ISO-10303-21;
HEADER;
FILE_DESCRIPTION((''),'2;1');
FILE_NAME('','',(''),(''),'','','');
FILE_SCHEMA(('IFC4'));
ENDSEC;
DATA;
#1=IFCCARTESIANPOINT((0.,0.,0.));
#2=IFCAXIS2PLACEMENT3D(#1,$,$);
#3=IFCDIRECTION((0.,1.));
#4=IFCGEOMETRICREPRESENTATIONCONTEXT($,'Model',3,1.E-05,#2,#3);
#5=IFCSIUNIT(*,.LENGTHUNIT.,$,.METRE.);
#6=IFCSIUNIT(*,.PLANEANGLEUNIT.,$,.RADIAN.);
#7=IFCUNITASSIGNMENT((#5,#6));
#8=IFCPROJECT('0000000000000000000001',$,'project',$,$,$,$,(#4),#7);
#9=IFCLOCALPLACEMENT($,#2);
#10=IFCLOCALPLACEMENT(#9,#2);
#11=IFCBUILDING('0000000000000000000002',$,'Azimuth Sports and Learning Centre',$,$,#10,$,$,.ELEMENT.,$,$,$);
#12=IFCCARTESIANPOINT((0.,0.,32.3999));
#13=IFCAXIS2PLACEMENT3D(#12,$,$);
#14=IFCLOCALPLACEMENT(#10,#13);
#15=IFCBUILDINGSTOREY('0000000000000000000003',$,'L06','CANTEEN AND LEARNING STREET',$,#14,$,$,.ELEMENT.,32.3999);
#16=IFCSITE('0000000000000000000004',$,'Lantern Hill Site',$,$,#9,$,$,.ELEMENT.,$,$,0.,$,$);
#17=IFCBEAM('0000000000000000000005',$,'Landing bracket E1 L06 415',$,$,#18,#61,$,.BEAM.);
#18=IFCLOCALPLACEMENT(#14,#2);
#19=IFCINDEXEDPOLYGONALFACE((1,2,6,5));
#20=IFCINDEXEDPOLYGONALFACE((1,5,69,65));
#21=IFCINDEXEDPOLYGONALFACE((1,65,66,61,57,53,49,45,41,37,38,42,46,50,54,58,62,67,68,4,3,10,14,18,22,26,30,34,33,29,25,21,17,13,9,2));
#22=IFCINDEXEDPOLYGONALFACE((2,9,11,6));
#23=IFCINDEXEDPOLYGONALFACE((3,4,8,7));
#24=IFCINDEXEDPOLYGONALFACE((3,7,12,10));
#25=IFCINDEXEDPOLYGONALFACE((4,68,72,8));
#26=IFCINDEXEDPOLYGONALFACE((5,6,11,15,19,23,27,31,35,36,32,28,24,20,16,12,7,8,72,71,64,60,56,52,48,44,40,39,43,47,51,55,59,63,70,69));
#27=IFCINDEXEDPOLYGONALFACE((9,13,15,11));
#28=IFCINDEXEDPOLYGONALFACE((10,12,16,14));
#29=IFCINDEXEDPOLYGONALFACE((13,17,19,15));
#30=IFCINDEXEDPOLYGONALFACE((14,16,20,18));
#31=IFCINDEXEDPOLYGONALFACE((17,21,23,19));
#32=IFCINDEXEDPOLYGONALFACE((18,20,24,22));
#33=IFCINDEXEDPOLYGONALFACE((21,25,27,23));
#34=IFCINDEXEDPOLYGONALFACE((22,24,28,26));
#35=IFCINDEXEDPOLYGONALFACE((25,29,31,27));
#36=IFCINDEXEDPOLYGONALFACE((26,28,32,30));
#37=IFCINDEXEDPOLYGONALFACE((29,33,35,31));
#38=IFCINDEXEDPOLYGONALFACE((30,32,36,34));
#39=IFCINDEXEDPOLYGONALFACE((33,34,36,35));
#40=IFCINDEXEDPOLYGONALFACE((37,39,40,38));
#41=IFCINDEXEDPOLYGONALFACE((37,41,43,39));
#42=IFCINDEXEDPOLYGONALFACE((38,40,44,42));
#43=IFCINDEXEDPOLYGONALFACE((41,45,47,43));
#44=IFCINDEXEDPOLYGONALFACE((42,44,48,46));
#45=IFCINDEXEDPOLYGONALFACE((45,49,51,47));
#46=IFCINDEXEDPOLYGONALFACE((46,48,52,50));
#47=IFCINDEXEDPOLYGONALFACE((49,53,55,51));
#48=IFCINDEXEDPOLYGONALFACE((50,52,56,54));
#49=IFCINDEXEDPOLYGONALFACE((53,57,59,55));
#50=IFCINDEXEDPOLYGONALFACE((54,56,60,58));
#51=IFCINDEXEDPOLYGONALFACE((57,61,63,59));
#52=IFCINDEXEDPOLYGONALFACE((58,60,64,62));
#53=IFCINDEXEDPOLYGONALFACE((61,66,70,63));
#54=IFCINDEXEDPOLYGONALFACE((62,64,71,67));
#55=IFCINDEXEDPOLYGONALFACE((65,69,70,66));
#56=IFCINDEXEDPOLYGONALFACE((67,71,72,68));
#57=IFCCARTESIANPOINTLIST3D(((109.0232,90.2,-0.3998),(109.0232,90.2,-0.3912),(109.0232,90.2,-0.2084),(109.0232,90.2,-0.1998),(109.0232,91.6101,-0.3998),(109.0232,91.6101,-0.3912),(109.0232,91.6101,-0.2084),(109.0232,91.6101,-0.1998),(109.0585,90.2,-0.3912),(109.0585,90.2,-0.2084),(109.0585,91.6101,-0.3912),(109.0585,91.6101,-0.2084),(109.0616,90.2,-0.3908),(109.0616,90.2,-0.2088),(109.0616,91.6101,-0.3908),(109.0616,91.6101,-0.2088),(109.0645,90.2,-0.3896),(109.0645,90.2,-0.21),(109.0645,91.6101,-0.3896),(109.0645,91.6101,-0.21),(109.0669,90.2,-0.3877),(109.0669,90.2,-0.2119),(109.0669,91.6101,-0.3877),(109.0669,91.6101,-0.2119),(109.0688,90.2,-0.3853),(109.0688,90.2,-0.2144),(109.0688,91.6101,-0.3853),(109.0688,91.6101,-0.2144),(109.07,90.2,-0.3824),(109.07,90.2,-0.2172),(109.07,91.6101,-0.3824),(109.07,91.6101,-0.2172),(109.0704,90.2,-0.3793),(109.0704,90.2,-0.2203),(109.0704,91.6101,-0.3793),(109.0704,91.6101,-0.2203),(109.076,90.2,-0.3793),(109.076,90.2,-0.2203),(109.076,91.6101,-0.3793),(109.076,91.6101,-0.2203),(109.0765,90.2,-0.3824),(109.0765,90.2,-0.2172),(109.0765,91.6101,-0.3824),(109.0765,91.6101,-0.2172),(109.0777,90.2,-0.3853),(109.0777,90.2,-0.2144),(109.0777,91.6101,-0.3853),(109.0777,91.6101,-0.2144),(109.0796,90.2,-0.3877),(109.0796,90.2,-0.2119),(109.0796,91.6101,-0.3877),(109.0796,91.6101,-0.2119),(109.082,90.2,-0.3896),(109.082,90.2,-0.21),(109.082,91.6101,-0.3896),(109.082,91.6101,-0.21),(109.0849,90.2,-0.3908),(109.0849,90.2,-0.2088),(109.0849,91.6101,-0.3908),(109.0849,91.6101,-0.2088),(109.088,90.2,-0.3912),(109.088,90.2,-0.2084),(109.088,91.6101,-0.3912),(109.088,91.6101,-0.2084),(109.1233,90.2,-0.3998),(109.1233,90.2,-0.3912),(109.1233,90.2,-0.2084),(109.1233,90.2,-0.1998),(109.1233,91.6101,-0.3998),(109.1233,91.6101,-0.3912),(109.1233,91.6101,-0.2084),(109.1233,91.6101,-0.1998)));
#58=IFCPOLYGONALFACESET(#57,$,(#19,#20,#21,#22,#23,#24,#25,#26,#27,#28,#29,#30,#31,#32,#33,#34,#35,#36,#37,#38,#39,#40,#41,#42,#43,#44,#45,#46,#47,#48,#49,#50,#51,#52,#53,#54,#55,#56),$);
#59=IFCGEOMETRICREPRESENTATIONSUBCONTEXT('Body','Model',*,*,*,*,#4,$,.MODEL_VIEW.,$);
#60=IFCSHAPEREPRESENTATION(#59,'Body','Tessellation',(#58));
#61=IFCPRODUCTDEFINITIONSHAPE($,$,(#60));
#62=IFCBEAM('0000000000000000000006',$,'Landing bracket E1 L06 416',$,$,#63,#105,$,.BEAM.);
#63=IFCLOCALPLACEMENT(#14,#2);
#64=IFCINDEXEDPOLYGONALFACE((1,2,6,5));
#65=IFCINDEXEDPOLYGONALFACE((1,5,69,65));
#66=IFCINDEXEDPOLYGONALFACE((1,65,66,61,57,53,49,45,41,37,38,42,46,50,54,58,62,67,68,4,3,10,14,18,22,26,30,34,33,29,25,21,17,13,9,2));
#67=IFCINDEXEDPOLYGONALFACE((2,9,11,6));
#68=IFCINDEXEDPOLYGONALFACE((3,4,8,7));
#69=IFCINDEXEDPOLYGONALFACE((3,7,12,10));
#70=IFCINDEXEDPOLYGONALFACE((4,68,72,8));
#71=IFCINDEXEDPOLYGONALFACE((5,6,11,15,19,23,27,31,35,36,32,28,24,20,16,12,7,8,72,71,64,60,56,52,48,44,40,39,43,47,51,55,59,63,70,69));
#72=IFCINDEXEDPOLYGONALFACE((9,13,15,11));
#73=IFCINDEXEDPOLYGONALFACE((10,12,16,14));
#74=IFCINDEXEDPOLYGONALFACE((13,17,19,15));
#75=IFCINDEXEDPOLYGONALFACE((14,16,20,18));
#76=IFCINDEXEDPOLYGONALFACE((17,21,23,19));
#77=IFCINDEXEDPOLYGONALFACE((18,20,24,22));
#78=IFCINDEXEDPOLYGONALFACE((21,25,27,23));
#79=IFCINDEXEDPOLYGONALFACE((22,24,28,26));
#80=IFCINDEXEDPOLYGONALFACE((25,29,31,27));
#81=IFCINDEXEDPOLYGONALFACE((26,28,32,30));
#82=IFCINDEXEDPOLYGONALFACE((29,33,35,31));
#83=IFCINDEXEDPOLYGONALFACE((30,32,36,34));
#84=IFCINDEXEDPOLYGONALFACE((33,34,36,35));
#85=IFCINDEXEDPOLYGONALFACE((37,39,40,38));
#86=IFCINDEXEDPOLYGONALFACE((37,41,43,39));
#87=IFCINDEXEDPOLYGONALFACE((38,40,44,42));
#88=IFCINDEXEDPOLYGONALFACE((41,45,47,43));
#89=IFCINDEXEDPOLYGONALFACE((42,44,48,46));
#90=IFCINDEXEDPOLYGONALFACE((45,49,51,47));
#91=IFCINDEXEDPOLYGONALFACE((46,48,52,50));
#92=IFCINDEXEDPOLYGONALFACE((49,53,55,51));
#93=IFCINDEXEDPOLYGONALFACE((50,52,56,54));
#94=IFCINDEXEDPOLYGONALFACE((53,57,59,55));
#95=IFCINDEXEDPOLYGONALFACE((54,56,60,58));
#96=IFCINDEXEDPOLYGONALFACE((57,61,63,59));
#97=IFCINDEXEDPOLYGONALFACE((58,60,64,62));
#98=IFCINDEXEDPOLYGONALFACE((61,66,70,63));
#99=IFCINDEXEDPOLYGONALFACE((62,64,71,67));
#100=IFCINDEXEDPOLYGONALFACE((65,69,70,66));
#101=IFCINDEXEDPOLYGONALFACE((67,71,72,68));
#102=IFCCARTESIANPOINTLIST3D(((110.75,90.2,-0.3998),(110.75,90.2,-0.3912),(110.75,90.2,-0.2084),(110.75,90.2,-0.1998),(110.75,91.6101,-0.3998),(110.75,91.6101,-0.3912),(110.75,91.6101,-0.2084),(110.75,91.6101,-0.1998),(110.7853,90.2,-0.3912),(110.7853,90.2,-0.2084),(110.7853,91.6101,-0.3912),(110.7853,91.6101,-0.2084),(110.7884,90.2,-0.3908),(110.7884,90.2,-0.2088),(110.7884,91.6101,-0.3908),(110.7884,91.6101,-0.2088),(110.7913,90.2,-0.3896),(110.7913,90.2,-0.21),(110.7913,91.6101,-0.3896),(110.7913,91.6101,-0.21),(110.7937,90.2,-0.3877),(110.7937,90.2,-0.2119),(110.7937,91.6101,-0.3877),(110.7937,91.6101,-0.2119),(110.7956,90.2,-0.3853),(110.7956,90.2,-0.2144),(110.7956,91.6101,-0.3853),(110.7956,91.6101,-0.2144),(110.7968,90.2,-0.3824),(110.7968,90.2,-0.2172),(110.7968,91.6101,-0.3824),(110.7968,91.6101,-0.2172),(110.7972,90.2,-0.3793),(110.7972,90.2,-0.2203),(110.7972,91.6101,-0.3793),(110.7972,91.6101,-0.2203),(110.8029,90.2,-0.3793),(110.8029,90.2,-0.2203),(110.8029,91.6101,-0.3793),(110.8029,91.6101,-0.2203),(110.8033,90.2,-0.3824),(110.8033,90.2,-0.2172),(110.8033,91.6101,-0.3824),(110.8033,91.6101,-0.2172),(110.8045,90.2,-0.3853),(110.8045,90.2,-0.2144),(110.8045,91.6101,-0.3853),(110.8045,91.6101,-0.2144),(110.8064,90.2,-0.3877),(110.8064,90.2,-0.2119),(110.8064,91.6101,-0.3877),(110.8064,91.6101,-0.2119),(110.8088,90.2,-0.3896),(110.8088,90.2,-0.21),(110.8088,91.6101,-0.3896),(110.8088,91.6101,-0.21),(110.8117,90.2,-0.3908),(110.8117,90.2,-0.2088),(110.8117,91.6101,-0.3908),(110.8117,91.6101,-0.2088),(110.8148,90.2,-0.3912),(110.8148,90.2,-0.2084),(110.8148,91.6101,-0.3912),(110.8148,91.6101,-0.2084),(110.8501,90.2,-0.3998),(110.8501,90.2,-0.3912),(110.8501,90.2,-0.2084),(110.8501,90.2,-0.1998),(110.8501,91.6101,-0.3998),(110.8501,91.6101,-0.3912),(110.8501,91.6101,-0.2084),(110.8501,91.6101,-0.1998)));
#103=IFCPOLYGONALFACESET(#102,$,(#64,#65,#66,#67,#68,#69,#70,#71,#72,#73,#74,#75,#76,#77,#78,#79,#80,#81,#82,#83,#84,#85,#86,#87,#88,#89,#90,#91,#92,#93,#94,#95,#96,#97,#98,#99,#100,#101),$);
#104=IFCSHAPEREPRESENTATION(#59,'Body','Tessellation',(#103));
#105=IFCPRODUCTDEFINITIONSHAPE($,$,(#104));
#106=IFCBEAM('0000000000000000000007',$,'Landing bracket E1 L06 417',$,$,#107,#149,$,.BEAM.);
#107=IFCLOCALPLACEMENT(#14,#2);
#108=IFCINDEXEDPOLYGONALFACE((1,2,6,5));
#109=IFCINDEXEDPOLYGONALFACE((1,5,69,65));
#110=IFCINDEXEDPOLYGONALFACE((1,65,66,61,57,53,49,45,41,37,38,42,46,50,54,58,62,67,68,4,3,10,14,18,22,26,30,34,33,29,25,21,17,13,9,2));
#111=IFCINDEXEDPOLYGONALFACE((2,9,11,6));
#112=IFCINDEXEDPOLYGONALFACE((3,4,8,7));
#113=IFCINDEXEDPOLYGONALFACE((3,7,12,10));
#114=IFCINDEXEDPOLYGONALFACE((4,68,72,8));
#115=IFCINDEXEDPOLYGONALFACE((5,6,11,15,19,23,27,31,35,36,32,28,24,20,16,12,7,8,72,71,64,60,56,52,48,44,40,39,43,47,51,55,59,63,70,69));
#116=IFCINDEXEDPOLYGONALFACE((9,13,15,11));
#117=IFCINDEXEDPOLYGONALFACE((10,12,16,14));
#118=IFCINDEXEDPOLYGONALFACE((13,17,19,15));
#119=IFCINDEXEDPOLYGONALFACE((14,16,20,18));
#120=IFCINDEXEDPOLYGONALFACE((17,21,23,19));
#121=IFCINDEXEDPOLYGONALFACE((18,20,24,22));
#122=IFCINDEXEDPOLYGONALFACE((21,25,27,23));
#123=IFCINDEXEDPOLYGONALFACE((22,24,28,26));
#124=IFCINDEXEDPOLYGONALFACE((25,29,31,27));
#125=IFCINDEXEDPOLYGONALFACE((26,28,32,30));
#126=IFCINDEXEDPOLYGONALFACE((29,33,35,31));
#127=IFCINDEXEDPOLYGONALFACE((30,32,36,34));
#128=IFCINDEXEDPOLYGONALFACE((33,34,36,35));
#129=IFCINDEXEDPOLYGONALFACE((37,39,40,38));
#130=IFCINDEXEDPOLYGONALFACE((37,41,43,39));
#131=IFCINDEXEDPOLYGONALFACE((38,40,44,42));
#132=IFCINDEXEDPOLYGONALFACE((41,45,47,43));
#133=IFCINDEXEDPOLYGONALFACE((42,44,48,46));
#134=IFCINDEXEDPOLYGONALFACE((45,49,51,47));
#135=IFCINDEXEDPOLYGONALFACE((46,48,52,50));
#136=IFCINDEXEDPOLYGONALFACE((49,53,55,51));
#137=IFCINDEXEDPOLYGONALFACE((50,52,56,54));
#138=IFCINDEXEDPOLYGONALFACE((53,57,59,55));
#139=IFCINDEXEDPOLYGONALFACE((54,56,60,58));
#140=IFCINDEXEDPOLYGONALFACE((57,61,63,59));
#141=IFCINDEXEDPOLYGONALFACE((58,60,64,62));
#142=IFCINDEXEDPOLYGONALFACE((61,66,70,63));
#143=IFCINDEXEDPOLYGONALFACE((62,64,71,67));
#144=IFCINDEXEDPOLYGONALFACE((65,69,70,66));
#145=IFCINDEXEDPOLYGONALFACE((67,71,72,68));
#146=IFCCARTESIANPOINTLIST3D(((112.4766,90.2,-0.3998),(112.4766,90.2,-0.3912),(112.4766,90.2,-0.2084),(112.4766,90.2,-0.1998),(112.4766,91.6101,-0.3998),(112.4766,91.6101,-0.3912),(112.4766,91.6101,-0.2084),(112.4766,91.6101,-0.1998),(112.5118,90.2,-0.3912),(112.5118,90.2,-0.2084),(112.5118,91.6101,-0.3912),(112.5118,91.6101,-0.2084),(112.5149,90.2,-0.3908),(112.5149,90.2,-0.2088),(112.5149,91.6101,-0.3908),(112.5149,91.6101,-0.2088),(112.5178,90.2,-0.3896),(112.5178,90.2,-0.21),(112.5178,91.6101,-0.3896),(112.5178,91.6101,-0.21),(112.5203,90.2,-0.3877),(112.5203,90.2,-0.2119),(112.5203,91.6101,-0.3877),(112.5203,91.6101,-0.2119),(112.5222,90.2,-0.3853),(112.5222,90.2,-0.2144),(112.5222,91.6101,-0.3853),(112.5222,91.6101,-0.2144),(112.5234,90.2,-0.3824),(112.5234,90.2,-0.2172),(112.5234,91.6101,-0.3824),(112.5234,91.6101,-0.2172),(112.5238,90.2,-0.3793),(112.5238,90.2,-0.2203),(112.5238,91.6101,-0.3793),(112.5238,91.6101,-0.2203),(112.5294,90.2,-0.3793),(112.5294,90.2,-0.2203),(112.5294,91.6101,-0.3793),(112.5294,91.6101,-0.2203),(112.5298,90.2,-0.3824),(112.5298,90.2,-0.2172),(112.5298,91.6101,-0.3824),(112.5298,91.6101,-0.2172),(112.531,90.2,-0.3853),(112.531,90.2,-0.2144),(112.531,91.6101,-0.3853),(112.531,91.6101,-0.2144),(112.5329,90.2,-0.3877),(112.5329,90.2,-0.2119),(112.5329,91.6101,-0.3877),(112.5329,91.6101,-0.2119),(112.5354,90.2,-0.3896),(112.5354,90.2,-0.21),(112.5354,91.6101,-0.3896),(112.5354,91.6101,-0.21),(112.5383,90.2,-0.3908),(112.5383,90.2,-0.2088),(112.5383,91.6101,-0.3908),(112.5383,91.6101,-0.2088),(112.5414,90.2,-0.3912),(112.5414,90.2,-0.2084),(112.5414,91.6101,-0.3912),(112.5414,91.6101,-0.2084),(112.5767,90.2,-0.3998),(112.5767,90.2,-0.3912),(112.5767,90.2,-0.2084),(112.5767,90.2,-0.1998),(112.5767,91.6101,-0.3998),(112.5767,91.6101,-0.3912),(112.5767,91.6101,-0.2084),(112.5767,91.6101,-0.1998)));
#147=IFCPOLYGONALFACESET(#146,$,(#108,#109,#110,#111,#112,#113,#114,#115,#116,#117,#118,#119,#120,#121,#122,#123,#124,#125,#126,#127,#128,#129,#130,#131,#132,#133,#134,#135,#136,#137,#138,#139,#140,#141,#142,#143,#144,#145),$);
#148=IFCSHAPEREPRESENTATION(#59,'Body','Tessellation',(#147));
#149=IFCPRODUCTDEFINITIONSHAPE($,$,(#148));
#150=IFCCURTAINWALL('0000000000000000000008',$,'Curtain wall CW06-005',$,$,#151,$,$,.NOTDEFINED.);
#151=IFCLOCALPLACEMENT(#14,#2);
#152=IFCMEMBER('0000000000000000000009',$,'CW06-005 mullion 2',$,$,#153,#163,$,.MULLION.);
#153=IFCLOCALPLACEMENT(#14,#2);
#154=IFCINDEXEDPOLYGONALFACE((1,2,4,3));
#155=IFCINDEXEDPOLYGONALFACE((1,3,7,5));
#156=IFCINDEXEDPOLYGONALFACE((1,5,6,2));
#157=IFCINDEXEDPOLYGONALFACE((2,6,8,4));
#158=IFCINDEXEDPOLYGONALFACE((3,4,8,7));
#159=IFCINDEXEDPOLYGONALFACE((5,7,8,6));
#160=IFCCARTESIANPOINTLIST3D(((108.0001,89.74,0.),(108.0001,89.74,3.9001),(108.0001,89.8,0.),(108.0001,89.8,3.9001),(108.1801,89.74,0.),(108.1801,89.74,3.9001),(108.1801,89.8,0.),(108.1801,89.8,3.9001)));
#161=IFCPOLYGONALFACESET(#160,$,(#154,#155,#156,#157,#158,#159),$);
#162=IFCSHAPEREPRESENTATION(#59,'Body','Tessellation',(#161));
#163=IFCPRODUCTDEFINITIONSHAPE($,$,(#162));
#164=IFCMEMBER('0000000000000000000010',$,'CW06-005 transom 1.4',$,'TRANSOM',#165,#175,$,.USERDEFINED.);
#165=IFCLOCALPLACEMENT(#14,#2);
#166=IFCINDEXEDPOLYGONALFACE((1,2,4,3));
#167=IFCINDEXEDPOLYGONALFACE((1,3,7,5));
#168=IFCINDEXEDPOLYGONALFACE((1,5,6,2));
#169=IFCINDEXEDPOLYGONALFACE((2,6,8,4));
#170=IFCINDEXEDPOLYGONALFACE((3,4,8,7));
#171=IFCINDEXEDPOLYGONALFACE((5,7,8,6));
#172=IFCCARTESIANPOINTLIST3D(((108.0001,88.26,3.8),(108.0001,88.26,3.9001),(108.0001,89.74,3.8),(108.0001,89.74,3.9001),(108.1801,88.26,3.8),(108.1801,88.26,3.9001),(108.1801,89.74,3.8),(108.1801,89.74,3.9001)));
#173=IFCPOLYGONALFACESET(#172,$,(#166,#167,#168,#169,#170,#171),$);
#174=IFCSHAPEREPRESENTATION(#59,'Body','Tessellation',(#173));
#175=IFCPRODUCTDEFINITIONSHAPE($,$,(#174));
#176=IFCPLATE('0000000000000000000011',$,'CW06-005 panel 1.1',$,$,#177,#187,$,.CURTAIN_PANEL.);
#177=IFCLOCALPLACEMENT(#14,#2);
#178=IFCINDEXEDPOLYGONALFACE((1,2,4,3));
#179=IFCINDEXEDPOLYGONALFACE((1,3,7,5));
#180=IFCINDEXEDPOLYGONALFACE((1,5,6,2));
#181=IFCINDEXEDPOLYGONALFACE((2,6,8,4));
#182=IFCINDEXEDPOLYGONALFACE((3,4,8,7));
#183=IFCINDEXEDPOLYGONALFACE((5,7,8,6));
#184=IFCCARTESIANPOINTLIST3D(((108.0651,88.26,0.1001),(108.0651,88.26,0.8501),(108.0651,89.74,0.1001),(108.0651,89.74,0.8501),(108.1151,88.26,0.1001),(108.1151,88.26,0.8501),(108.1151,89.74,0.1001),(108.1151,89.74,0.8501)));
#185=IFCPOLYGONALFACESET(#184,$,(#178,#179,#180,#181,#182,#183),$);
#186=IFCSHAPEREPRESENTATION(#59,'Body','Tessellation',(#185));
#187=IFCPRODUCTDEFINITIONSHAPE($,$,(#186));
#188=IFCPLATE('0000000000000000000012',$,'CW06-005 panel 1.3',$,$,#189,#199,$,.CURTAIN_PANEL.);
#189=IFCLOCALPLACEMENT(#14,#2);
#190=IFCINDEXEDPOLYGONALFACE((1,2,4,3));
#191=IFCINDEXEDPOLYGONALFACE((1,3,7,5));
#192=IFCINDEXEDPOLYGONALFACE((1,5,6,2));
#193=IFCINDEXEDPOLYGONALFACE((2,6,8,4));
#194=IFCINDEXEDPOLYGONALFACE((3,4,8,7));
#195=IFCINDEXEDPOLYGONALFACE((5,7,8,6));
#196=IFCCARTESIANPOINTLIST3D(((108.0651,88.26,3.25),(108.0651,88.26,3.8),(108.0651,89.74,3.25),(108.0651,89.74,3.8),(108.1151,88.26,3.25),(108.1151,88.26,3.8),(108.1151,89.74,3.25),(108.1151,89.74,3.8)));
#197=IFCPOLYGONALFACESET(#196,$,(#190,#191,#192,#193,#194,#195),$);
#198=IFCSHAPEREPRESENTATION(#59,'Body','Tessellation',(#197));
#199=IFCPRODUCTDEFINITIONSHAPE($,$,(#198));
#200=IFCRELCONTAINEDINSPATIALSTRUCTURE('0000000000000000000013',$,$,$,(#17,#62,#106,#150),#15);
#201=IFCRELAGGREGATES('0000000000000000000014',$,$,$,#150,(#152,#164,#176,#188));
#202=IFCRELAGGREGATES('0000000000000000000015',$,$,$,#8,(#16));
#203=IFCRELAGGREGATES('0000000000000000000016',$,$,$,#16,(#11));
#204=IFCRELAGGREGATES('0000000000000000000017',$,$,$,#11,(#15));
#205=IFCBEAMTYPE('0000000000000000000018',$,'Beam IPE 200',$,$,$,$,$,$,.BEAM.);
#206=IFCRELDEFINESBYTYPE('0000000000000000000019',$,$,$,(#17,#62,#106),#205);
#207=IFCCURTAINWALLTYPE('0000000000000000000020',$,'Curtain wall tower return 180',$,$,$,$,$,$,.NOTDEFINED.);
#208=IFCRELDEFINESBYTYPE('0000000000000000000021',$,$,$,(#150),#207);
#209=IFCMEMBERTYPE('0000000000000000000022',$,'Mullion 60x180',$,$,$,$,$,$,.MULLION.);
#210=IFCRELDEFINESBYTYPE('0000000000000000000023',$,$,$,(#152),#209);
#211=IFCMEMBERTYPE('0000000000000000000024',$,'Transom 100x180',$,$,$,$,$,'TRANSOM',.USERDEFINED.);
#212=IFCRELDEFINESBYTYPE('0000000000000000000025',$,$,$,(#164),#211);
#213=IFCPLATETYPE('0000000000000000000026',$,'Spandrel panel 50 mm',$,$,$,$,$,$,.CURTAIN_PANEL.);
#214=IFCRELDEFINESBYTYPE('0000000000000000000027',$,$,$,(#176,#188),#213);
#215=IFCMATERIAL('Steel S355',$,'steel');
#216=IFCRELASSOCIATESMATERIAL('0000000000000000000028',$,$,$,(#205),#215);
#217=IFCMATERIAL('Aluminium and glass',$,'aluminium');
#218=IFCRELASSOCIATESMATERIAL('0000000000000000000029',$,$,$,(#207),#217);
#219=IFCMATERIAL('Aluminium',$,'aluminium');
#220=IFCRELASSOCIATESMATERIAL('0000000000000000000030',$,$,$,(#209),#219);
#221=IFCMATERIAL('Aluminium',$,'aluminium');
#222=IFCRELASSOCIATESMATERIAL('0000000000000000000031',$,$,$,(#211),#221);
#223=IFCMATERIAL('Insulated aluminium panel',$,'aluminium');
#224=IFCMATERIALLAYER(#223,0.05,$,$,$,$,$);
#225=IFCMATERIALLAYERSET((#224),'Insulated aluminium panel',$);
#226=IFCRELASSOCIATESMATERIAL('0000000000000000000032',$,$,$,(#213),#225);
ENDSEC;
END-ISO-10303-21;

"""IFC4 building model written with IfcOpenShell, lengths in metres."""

from ifc_helpers import new_model, si_unit, direction, frame, origin, origin_2d, place, context, subcontext, project, spatial, rectangle, i_section, extrude, material, layer, layer_set, material_profile, profile_set, type_object, element, aggregate, save


model = new_model("IFC4")

# Units and contexts
model_context = context("Model", 3, precision=1e-05, world=origin(), true_north=direction((0.0, 1.0)))
body_context = subcontext(model_context, "Body", "Model", "MODEL_VIEW")
ifc_project = project(units=[si_unit("LENGTHUNIT", "METRE"), si_unit("PLANEANGLEUNIT", "RADIAN")], contexts=[model_context])

# Site, building, storey
site_placement = place(None, origin())
site = spatial("IfcSite", under=ifc_project, at=site_placement, Name="Lantern Hill Site", CompositionType="ELEMENT", RefElevation=0.0)
building_placement = place(site_placement, origin())
building = spatial("IfcBuilding", under=site, at=building_placement, Name="Azimuth Sports and Learning Centre", CompositionType="ELEMENT")
storey_placement = place(building_placement, frame((0.0, 0.0, 32.3999)))
storey = spatial("IfcBuildingStorey", under=building, at=storey_placement, Name="L06", Description="CANTEEN AND LEARNING STREET", CompositionType="ELEMENT", Elevation=32.3999)

# Beams
ifc_material_1 = material(Name="Steel S355", Category="steel")
ifc_material_profile_1 = material_profile(ifc_material_1, i_section(OverallWidth=0.1001, OverallDepth=0.2, WebThickness=0.0056, FlangeThickness=0.0085, FilletRadius=0.012, at=origin_2d()), Name="IPE 200")
ifc_profile_set_1 = profile_set([ifc_material_profile_1], Name="Steel S355")
beam_type = type_object("IfcBeamType", Name="Beam IPE 200", PredefinedType="BEAM", material=ifc_profile_set_1)
for number, where, z_axis, x_axis, name in (
    (1, (109.0732, 90.2, -0.2998), (0.0, 1.0, 0.0), (-1.0, 0.0, 0.0), "Landing bracket E1 L06 415"),
    (2, (110.8, 90.2, -0.2998), (0.0, 1.0, 0.0), (-1.0, 0.0, 0.0), "Landing bracket E1 L06 416"),
    (3, (112.5266, 90.2, -0.2998), (0.0, 1.0, 0.0), (-1.0, 0.0, 0.0), "Landing bracket E1 L06 417"),
):
    element("IfcBeam", number, at=place(storey_placement, frame(where, z_axis=z_axis, x_axis=x_axis)), inside=storey, type_object=beam_type, Name=name, PredefinedType="BEAM", context=body_context, shape_type="SweptSolid", body=[
        extrude(i_section(OverallWidth=0.1001, OverallDepth=0.2, WebThickness=0.0056, FlangeThickness=0.0085, FilletRadius=0.012, at=origin_2d()), origin(), (0.0, 0.0, 1.0), 1.4102),
    ])

# Curtain wall, members, plates
ifc_material_2 = material(Name="Aluminium and glass", Category="aluminium")
curtain_wall_type = type_object("IfcCurtainWallType", Name="Curtain wall tower return 180", PredefinedType="NOTDEFINED", material=ifc_material_2)
curtain_wall_placement = place(storey_placement, origin())
curtain_wall = element("IfcCurtainWall", 4, at=curtain_wall_placement, inside=storey, type_object=curtain_wall_type, Name="Curtain wall CW06-005", PredefinedType="NOTDEFINED")
ifc_material_3 = material(Name="Aluminium", Category="aluminium")
ifc_material_profile_2 = material_profile(ifc_material_3, rectangle(XDim=0.1799, YDim=0.0601, at=origin_2d()), Name="Mullion 60x180")
ifc_profile_set_2 = profile_set([ifc_material_profile_2], Name="Aluminium")
member_type_1 = type_object("IfcMemberType", Name="Mullion 60x180", PredefinedType="MULLION", material=ifc_profile_set_2)
member_1_placement = place(storey_placement, frame((108.0901, 89.77, 0.0), z_axis=(0.0, 0.0, 1.0), x_axis=(-1.0, 0.0, 0.0)))
member_1 = element("IfcMember", 5, at=member_1_placement, type_object=member_type_1, Name="CW06-005 mullion 2", PredefinedType="MULLION", context=body_context, shape_type="SweptSolid", body=[
    extrude(rectangle(XDim=0.1799, YDim=0.0601, at=origin_2d()), origin(), (0.0, 0.0, 1.0), 3.9001),
])
ifc_material_4 = material(Name="Aluminium", Category="aluminium")
ifc_material_profile_3 = material_profile(ifc_material_4, rectangle(XDim=0.1799, YDim=0.1001, at=origin_2d()), Name="Transom 100x180")
ifc_profile_set_3 = profile_set([ifc_material_profile_3], Name="Aluminium")
member_type_2 = type_object("IfcMemberType", Name="Transom 100x180", ElementType="TRANSOM", PredefinedType="USERDEFINED", material=ifc_profile_set_3)
member_2_placement = place(storey_placement, frame((108.0901, 88.26, 3.8501), z_axis=(0.0, 1.0, 0.0), x_axis=(-1.0, 0.0, 0.0)))
member_2 = element("IfcMember", 6, at=member_2_placement, type_object=member_type_2, Name="CW06-005 transom 1.4", ObjectType="TRANSOM", PredefinedType="USERDEFINED", context=body_context, shape_type="SweptSolid", body=[
    extrude(rectangle(XDim=0.1799, YDim=0.1001, at=origin_2d()), origin(), (0.0, 0.0, 1.0), 1.48),
])
ifc_material_5 = material(Name="Insulated aluminium panel", Category="aluminium")
ifc_layer_1 = layer(ifc_material_5, 0.05)
ifc_layer_set_1 = layer_set([ifc_layer_1], Name="Insulated aluminium panel")
plate_type_1 = type_object("IfcPlateType", Name="Spandrel panel 50 mm", PredefinedType="CURTAIN_PANEL", material=ifc_layer_set_1)
plate_1_placement = place(storey_placement, frame((108.0901, 89.0, 0.1001), z_axis=(0.0, 0.0, 1.0), x_axis=(0.0, 1.0, 0.0)))
plate_1 = element("IfcPlate", 7, at=plate_1_placement, type_object=plate_type_1, Name="CW06-005 panel 1.1", PredefinedType="CURTAIN_PANEL", context=body_context, shape_type="SweptSolid", body=[
    extrude(rectangle(XDim=1.48, YDim=0.05, at=origin_2d()), origin(), (0.0, 0.0, 1.0), 0.75),
])
plate_2_placement = place(storey_placement, frame((108.0901, 89.0, 3.25), z_axis=(0.0, 0.0, 1.0), x_axis=(0.0, 1.0, 0.0)))
plate_2 = element("IfcPlate", 8, at=plate_2_placement, type_object=plate_type_1, Name="CW06-005 panel 1.3", PredefinedType="CURTAIN_PANEL", context=body_context, shape_type="SweptSolid", body=[
    extrude(rectangle(XDim=1.48, YDim=0.05, at=origin_2d()), origin(), (0.0, 0.0, 1.0), 0.55),
])
aggregate(curtain_wall, [member_1, member_2, plate_1, plate_2])

save(model, "model.ifc")
